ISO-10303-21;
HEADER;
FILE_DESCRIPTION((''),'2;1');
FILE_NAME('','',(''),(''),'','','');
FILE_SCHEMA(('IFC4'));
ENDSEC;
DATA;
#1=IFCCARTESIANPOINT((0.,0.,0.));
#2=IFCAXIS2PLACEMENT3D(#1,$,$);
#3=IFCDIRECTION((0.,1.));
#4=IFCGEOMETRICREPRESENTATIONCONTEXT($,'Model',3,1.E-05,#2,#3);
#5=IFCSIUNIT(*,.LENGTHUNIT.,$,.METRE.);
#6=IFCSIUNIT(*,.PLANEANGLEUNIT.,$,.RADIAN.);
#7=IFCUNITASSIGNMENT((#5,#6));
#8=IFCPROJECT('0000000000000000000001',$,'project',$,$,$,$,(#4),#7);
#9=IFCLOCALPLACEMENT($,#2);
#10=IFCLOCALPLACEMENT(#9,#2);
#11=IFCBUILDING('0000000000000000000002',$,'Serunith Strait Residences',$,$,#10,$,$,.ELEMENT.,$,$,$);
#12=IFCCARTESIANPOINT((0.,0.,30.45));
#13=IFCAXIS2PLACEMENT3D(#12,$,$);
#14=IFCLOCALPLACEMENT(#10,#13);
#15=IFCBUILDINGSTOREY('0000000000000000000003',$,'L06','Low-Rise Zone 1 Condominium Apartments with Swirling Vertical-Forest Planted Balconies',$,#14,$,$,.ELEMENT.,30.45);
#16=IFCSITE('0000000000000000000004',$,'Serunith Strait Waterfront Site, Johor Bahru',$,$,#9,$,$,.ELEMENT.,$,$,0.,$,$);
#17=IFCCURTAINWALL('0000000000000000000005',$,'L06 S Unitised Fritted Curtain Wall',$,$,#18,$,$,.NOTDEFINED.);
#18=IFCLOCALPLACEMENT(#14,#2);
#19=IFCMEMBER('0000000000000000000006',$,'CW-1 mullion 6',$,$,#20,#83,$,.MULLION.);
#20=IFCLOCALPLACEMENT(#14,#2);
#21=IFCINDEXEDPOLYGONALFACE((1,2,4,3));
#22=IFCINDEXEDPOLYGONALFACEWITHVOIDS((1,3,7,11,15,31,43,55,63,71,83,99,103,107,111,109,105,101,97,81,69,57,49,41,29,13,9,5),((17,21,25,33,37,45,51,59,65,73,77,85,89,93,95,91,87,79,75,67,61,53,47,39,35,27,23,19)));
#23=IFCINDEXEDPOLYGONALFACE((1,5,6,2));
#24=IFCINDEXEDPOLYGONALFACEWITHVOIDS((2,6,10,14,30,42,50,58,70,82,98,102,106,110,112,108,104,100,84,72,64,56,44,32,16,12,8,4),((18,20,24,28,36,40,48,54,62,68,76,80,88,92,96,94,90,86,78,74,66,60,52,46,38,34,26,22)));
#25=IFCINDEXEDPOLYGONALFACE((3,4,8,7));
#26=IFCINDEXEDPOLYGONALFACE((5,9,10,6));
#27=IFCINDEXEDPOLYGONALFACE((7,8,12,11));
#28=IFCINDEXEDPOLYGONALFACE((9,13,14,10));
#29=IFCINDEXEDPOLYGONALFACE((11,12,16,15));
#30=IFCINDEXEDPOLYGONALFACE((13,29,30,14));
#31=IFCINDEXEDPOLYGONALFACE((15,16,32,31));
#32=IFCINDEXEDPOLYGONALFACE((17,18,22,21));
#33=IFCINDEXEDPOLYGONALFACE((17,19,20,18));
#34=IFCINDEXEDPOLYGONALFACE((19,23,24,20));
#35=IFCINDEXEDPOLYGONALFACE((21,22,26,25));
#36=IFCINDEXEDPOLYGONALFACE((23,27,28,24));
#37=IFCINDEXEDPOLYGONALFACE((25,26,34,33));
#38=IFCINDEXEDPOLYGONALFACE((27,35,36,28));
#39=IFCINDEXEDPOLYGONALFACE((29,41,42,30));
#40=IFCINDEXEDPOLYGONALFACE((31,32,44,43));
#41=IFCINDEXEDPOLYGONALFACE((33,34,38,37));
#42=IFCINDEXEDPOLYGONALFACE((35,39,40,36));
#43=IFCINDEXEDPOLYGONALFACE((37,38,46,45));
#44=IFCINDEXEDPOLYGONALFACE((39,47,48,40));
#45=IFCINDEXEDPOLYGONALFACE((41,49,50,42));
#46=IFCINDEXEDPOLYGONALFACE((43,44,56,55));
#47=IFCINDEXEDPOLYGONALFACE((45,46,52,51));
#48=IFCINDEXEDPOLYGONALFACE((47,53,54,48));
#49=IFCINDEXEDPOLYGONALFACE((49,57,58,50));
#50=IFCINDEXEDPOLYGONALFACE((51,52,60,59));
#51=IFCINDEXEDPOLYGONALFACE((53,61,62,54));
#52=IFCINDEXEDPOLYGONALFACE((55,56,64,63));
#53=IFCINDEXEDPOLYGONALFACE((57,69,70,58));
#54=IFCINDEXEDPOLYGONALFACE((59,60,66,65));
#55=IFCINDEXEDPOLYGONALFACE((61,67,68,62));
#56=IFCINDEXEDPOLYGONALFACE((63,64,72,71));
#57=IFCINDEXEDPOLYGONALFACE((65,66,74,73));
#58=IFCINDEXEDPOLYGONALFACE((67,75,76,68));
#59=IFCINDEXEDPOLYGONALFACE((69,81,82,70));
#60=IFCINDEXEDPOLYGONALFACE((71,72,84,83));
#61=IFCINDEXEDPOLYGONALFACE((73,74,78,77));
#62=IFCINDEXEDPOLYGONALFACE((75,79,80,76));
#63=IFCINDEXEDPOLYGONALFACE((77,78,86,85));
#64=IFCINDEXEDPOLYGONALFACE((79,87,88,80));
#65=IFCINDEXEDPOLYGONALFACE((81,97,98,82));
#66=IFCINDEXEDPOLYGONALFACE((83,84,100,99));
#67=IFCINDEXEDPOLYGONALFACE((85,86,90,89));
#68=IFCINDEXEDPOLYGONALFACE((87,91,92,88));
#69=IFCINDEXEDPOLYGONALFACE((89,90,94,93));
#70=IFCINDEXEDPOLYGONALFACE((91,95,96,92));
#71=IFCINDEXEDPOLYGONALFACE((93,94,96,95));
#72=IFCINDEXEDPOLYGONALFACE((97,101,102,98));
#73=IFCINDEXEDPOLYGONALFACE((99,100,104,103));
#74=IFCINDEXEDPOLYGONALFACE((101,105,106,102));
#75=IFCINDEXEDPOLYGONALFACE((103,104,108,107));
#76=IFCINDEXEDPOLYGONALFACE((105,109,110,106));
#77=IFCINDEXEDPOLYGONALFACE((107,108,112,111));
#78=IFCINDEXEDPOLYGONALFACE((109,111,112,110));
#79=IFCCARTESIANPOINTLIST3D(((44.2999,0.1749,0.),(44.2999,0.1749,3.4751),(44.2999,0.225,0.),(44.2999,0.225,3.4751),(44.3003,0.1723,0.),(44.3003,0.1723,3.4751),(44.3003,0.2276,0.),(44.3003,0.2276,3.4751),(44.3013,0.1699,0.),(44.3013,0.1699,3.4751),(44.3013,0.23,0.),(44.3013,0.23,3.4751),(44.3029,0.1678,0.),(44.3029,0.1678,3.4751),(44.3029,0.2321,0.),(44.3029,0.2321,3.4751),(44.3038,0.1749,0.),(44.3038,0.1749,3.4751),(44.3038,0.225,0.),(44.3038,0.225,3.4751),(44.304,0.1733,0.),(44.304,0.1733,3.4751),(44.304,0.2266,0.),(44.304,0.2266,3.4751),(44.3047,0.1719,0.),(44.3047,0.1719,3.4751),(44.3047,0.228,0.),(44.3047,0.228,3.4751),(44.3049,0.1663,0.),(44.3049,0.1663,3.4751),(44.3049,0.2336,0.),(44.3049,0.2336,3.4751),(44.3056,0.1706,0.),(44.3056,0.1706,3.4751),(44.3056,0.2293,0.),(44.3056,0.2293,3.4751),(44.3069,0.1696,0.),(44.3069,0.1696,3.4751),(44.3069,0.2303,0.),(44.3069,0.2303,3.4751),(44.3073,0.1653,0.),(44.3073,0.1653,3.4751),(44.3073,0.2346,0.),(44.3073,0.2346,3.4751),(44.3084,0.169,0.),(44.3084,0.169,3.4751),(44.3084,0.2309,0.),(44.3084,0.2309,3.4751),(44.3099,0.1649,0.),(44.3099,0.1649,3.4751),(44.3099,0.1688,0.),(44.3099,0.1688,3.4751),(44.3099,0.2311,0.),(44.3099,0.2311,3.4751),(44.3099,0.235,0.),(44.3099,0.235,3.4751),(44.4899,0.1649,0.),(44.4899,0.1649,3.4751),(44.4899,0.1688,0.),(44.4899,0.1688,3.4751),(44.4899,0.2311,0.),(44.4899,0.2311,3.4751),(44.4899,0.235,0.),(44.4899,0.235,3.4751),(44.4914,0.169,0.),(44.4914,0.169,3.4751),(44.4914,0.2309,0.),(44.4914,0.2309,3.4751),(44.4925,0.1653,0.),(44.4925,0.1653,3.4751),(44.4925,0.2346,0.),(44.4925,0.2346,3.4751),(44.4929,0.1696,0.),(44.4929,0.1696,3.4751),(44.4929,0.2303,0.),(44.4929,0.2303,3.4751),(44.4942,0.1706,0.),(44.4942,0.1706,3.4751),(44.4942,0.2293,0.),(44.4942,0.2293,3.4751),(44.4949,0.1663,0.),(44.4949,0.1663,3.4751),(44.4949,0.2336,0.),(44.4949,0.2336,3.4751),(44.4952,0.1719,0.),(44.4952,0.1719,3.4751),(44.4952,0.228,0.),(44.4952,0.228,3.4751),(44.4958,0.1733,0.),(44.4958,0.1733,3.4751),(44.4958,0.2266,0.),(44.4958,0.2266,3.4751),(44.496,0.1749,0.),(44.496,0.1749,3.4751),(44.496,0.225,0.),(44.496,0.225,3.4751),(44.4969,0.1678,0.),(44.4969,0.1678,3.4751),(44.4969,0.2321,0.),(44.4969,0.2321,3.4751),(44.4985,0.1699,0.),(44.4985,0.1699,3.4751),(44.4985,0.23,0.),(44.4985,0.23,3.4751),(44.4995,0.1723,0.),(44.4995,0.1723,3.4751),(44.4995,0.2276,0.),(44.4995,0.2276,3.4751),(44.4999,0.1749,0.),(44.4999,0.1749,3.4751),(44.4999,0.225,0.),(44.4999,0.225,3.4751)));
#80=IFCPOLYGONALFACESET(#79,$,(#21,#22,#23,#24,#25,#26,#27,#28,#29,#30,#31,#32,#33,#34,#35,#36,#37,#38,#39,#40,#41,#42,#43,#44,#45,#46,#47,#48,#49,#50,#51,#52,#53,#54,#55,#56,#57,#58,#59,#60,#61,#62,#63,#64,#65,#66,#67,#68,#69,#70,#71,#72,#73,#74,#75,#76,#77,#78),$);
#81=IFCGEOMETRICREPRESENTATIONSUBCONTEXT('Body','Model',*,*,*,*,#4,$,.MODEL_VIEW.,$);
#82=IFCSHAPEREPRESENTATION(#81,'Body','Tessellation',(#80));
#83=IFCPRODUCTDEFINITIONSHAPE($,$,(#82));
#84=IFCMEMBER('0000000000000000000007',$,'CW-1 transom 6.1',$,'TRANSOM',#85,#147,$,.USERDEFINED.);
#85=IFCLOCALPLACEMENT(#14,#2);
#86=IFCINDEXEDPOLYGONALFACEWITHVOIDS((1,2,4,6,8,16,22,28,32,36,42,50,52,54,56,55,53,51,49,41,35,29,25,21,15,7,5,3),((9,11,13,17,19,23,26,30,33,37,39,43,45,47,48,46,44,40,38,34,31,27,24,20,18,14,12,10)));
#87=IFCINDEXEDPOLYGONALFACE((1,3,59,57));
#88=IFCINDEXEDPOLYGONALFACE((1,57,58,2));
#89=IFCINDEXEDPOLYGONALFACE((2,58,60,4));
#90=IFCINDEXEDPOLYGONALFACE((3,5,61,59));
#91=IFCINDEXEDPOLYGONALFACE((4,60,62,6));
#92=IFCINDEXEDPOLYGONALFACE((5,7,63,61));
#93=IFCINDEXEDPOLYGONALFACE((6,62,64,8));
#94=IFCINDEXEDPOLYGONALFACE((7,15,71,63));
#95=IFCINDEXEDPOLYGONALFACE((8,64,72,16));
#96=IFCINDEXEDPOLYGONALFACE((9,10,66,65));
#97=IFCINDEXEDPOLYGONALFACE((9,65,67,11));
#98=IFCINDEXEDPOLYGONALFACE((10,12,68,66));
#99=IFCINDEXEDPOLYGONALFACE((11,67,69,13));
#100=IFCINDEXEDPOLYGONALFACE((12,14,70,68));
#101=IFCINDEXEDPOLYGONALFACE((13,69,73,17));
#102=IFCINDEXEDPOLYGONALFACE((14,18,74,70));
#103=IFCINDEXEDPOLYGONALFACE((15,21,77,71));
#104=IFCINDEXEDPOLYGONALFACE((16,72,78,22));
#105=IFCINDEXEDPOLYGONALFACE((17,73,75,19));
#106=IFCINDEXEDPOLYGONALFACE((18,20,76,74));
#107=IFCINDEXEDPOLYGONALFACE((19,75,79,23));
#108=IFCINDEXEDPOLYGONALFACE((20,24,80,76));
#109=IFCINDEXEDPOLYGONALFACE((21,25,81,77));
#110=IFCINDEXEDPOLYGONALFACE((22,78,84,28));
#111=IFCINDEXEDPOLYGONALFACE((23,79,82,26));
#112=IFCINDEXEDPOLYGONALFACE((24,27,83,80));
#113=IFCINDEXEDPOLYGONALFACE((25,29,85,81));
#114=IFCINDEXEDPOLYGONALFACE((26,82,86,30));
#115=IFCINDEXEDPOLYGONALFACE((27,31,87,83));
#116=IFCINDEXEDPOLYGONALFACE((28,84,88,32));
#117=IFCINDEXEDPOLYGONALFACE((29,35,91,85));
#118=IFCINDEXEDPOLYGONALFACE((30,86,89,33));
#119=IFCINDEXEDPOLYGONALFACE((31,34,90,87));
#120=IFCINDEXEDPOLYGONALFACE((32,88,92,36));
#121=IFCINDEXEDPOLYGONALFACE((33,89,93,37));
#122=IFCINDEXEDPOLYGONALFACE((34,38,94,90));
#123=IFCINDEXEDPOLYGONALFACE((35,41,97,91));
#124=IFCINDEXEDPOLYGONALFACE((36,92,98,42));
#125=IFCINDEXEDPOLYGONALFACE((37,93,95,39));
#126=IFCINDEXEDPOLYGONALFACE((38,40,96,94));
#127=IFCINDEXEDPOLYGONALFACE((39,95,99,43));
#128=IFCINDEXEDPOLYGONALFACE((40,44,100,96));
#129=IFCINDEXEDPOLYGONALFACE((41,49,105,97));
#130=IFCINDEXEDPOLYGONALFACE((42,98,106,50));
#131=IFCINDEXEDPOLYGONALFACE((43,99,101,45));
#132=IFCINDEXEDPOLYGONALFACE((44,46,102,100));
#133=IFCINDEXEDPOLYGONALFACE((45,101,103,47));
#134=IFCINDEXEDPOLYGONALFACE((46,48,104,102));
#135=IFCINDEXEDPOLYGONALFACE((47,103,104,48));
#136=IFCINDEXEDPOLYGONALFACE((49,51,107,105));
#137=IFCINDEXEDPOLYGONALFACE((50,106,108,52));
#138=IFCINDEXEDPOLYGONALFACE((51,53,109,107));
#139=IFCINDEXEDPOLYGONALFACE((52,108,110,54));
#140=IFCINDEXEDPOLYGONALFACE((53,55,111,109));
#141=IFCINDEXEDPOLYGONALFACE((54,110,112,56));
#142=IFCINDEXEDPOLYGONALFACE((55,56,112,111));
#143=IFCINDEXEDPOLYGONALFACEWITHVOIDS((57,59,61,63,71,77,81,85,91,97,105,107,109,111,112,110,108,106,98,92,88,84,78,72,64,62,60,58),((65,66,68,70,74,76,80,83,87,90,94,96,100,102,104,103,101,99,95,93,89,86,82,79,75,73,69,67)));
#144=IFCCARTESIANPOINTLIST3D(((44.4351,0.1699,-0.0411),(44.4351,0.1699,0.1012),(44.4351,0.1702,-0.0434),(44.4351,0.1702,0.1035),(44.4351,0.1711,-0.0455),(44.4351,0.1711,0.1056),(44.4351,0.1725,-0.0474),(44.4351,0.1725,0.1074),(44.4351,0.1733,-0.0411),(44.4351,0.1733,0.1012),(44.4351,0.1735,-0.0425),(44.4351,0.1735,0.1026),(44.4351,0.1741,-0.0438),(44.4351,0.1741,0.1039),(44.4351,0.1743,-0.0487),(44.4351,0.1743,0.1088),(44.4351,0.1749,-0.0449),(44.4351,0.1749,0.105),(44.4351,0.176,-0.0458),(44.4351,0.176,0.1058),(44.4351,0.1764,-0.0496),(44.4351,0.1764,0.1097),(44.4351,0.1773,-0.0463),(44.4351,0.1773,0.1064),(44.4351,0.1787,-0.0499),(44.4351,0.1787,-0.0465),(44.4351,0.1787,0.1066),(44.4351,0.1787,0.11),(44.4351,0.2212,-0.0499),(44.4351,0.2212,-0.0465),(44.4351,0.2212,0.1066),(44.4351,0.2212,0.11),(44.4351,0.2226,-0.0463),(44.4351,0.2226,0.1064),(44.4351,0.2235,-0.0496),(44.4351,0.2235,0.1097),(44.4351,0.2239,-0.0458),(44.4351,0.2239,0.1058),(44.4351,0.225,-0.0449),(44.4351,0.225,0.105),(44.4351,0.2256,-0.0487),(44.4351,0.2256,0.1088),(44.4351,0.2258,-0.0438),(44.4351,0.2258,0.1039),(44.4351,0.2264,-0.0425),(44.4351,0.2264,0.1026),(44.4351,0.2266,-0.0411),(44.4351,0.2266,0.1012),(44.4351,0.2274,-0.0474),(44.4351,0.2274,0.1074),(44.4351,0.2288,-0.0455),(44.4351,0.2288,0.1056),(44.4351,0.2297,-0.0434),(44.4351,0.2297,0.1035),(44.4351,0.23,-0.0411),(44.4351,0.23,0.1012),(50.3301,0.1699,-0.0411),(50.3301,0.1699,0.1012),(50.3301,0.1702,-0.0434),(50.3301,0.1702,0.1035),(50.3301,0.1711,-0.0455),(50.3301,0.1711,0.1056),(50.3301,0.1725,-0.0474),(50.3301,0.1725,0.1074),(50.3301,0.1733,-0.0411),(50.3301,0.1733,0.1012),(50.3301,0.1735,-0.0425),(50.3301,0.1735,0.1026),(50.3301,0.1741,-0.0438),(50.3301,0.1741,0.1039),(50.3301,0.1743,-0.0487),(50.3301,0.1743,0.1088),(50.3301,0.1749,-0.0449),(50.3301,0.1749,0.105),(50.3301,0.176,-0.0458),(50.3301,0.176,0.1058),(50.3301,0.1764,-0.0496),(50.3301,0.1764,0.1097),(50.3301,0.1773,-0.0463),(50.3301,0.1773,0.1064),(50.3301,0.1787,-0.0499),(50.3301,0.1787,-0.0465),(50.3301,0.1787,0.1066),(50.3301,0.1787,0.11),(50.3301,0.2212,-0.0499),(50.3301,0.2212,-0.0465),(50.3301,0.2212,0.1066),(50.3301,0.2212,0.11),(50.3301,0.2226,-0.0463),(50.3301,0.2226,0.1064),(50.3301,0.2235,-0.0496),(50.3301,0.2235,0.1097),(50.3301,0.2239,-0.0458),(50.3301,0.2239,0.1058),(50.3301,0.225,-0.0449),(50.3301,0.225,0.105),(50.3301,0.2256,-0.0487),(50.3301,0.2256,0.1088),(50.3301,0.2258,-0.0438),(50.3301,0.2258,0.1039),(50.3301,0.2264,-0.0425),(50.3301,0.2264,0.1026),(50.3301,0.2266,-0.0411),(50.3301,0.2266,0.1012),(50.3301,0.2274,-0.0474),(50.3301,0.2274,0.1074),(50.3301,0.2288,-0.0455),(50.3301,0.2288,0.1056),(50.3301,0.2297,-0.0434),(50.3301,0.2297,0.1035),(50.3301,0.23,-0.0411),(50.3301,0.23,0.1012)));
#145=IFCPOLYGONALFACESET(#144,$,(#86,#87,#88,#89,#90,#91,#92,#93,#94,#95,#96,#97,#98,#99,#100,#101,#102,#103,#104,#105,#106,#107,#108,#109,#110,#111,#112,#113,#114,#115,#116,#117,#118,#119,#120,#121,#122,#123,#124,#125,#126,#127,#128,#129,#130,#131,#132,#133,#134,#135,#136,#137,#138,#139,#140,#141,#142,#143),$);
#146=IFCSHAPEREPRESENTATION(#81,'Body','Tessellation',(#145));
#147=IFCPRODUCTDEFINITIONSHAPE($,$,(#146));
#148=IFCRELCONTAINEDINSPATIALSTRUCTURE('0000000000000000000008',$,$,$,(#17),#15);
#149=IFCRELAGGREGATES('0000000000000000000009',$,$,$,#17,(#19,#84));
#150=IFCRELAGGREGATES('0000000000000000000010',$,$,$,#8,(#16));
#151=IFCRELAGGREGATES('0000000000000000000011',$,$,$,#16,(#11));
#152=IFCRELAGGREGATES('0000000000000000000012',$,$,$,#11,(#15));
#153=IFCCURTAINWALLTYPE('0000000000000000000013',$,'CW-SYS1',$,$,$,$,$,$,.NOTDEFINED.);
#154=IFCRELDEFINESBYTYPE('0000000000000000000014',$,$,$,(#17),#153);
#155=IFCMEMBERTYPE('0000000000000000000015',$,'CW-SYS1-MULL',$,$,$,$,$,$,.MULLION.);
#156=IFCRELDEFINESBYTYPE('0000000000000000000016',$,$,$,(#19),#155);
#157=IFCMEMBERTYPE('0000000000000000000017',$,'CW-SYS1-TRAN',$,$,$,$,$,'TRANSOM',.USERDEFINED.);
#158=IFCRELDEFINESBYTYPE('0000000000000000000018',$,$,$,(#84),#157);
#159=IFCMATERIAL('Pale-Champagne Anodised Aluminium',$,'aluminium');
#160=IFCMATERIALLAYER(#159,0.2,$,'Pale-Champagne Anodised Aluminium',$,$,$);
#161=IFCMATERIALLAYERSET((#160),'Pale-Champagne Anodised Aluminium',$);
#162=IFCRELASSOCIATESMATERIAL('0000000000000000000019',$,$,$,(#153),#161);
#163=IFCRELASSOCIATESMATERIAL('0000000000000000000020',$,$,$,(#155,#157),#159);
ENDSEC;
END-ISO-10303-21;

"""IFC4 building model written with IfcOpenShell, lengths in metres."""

from ifc_helpers import new_model, si_unit, direction, frame, origin, origin_2d, place, context, subcontext, project, spatial, hollow_rectangle, extrude, source, transform, mapped, material, layer, layer_set, material_profile, profile_set, type_object, element, aggregate, save


model = new_model("IFC4")

# Units and contexts
model_context = context("Model", 3, precision=1e-05, world=origin(), true_north=direction((0.0, 1.0)))
body_context = subcontext(model_context, "Body", "Model", "MODEL_VIEW")
ifc_project = project(units=[si_unit("LENGTHUNIT", "METRE"), si_unit("PLANEANGLEUNIT", "RADIAN")], contexts=[model_context])

# Site, building, storey
site_placement = place(None, origin())
site = spatial("IfcSite", under=ifc_project, at=site_placement, Name="Serunith Strait Waterfront Site, Johor Bahru", CompositionType="ELEMENT", RefElevation=0.0)
building_placement = place(site_placement, origin())
building = spatial("IfcBuilding", under=site, at=building_placement, Name="Serunith Strait Residences", CompositionType="ELEMENT")
storey_placement = place(building_placement, frame((0.0, 0.0, 30.45)))
storey = spatial("IfcBuildingStorey", under=building, at=storey_placement, Name="L06", Description="Low-Rise Zone 1 Condominium Apartments with Swirling Vertical-Forest Planted Balconies", CompositionType="ELEMENT", Elevation=30.45)

# Curtain wall, members
ifc_material_1 = material(Name="Pale-Champagne Anodised Aluminium", Category="aluminium")
ifc_layer_1 = layer(ifc_material_1, 0.2, Name="Pale-Champagne Anodised Aluminium")
ifc_layer_set_1 = layer_set([ifc_layer_1], Name="Pale-Champagne Anodised Aluminium")
curtain_wall_type = type_object("IfcCurtainWallType", Name="CW-SYS1", PredefinedType="NOTDEFINED", material=ifc_layer_set_1)
curtain_wall_placement = place(storey_placement, origin())
curtain_wall = element("IfcCurtainWall", 1, at=curtain_wall_placement, inside=storey, type_object=curtain_wall_type, Name="L06 S Unitised Fritted Curtain Wall", PredefinedType="NOTDEFINED")
ifc_material_profile_1 = material_profile(ifc_material_1, hollow_rectangle(XDim=0.0701, YDim=0.2, WallThickness=0.0039, InnerFilletRadius=0.0061, OuterFilletRadius=0.01, at=origin_2d()), Name="ALU 200x70x4")
ifc_profile_set_1 = profile_set([ifc_material_profile_1], Name="Pale-Champagne Anodised Aluminium")
member_type_1 = type_object("IfcMemberType", Name="CW-SYS1-MULL", PredefinedType="MULLION", material=ifc_profile_set_1)
shared_shape_1 = source(origin(), body_context, "Body", "SweptSolid", [
    extrude(hollow_rectangle(XDim=0.0701, YDim=0.2, WallThickness=0.0039, InnerFilletRadius=0.0061, OuterFilletRadius=0.01, at=origin_2d()), origin(), (0.0, 0.0, 1.0), 3.4751),
])
member_1_placement = place(storey_placement, frame((44.3999, 0.2, 0.0), z_axis=(0.0, 0.0, 1.0), x_axis=(0.0, 1.0, 0.0)))
member_1 = element("IfcMember", 2, at=member_1_placement, type_object=member_type_1, Name="CW-1 mullion 6", PredefinedType="MULLION", context=body_context, shape_type="MappedRepresentation", body=[
    mapped(shared_shape_1, transform((0.0, 0.0, 0.0), scale=1.0)),
])
ifc_material_profile_2 = material_profile(ifc_material_1, hollow_rectangle(XDim=0.0601, YDim=0.1599, WallThickness=0.0034, InnerFilletRadius=0.0054, OuterFilletRadius=0.0088, at=origin_2d()), Name="ALU 160x60x3.5")
ifc_profile_set_2 = profile_set([ifc_material_profile_2], Name="Pale-Champagne Anodised Aluminium")
member_type_2 = type_object("IfcMemberType", Name="CW-SYS1-TRAN", ElementType="TRANSOM", PredefinedType="USERDEFINED", material=ifc_profile_set_2)
shared_shape_2 = source(origin(), body_context, "Body", "SweptSolid", [
    extrude(hollow_rectangle(XDim=0.0601, YDim=0.1599, WallThickness=0.0034, InnerFilletRadius=0.0054, OuterFilletRadius=0.0088, at=origin_2d()), origin(), (0.0, 0.0, 1.0), 5.895),
])
member_2_placement = place(storey_placement, frame((44.4351, 0.2, 0.03), z_axis=(1.0, 0.0, 0.0), x_axis=(0.0, 1.0, 0.0)))
member_2 = element("IfcMember", 3, at=member_2_placement, type_object=member_type_2, Name="CW-1 transom 6.1", ObjectType="TRANSOM", PredefinedType="USERDEFINED", context=body_context, shape_type="MappedRepresentation", body=[
    mapped(shared_shape_2, transform((0.0, 0.0, 0.0), scale=1.0)),
])
aggregate(curtain_wall, [member_1, member_2])

save(model, "model.ifc")
